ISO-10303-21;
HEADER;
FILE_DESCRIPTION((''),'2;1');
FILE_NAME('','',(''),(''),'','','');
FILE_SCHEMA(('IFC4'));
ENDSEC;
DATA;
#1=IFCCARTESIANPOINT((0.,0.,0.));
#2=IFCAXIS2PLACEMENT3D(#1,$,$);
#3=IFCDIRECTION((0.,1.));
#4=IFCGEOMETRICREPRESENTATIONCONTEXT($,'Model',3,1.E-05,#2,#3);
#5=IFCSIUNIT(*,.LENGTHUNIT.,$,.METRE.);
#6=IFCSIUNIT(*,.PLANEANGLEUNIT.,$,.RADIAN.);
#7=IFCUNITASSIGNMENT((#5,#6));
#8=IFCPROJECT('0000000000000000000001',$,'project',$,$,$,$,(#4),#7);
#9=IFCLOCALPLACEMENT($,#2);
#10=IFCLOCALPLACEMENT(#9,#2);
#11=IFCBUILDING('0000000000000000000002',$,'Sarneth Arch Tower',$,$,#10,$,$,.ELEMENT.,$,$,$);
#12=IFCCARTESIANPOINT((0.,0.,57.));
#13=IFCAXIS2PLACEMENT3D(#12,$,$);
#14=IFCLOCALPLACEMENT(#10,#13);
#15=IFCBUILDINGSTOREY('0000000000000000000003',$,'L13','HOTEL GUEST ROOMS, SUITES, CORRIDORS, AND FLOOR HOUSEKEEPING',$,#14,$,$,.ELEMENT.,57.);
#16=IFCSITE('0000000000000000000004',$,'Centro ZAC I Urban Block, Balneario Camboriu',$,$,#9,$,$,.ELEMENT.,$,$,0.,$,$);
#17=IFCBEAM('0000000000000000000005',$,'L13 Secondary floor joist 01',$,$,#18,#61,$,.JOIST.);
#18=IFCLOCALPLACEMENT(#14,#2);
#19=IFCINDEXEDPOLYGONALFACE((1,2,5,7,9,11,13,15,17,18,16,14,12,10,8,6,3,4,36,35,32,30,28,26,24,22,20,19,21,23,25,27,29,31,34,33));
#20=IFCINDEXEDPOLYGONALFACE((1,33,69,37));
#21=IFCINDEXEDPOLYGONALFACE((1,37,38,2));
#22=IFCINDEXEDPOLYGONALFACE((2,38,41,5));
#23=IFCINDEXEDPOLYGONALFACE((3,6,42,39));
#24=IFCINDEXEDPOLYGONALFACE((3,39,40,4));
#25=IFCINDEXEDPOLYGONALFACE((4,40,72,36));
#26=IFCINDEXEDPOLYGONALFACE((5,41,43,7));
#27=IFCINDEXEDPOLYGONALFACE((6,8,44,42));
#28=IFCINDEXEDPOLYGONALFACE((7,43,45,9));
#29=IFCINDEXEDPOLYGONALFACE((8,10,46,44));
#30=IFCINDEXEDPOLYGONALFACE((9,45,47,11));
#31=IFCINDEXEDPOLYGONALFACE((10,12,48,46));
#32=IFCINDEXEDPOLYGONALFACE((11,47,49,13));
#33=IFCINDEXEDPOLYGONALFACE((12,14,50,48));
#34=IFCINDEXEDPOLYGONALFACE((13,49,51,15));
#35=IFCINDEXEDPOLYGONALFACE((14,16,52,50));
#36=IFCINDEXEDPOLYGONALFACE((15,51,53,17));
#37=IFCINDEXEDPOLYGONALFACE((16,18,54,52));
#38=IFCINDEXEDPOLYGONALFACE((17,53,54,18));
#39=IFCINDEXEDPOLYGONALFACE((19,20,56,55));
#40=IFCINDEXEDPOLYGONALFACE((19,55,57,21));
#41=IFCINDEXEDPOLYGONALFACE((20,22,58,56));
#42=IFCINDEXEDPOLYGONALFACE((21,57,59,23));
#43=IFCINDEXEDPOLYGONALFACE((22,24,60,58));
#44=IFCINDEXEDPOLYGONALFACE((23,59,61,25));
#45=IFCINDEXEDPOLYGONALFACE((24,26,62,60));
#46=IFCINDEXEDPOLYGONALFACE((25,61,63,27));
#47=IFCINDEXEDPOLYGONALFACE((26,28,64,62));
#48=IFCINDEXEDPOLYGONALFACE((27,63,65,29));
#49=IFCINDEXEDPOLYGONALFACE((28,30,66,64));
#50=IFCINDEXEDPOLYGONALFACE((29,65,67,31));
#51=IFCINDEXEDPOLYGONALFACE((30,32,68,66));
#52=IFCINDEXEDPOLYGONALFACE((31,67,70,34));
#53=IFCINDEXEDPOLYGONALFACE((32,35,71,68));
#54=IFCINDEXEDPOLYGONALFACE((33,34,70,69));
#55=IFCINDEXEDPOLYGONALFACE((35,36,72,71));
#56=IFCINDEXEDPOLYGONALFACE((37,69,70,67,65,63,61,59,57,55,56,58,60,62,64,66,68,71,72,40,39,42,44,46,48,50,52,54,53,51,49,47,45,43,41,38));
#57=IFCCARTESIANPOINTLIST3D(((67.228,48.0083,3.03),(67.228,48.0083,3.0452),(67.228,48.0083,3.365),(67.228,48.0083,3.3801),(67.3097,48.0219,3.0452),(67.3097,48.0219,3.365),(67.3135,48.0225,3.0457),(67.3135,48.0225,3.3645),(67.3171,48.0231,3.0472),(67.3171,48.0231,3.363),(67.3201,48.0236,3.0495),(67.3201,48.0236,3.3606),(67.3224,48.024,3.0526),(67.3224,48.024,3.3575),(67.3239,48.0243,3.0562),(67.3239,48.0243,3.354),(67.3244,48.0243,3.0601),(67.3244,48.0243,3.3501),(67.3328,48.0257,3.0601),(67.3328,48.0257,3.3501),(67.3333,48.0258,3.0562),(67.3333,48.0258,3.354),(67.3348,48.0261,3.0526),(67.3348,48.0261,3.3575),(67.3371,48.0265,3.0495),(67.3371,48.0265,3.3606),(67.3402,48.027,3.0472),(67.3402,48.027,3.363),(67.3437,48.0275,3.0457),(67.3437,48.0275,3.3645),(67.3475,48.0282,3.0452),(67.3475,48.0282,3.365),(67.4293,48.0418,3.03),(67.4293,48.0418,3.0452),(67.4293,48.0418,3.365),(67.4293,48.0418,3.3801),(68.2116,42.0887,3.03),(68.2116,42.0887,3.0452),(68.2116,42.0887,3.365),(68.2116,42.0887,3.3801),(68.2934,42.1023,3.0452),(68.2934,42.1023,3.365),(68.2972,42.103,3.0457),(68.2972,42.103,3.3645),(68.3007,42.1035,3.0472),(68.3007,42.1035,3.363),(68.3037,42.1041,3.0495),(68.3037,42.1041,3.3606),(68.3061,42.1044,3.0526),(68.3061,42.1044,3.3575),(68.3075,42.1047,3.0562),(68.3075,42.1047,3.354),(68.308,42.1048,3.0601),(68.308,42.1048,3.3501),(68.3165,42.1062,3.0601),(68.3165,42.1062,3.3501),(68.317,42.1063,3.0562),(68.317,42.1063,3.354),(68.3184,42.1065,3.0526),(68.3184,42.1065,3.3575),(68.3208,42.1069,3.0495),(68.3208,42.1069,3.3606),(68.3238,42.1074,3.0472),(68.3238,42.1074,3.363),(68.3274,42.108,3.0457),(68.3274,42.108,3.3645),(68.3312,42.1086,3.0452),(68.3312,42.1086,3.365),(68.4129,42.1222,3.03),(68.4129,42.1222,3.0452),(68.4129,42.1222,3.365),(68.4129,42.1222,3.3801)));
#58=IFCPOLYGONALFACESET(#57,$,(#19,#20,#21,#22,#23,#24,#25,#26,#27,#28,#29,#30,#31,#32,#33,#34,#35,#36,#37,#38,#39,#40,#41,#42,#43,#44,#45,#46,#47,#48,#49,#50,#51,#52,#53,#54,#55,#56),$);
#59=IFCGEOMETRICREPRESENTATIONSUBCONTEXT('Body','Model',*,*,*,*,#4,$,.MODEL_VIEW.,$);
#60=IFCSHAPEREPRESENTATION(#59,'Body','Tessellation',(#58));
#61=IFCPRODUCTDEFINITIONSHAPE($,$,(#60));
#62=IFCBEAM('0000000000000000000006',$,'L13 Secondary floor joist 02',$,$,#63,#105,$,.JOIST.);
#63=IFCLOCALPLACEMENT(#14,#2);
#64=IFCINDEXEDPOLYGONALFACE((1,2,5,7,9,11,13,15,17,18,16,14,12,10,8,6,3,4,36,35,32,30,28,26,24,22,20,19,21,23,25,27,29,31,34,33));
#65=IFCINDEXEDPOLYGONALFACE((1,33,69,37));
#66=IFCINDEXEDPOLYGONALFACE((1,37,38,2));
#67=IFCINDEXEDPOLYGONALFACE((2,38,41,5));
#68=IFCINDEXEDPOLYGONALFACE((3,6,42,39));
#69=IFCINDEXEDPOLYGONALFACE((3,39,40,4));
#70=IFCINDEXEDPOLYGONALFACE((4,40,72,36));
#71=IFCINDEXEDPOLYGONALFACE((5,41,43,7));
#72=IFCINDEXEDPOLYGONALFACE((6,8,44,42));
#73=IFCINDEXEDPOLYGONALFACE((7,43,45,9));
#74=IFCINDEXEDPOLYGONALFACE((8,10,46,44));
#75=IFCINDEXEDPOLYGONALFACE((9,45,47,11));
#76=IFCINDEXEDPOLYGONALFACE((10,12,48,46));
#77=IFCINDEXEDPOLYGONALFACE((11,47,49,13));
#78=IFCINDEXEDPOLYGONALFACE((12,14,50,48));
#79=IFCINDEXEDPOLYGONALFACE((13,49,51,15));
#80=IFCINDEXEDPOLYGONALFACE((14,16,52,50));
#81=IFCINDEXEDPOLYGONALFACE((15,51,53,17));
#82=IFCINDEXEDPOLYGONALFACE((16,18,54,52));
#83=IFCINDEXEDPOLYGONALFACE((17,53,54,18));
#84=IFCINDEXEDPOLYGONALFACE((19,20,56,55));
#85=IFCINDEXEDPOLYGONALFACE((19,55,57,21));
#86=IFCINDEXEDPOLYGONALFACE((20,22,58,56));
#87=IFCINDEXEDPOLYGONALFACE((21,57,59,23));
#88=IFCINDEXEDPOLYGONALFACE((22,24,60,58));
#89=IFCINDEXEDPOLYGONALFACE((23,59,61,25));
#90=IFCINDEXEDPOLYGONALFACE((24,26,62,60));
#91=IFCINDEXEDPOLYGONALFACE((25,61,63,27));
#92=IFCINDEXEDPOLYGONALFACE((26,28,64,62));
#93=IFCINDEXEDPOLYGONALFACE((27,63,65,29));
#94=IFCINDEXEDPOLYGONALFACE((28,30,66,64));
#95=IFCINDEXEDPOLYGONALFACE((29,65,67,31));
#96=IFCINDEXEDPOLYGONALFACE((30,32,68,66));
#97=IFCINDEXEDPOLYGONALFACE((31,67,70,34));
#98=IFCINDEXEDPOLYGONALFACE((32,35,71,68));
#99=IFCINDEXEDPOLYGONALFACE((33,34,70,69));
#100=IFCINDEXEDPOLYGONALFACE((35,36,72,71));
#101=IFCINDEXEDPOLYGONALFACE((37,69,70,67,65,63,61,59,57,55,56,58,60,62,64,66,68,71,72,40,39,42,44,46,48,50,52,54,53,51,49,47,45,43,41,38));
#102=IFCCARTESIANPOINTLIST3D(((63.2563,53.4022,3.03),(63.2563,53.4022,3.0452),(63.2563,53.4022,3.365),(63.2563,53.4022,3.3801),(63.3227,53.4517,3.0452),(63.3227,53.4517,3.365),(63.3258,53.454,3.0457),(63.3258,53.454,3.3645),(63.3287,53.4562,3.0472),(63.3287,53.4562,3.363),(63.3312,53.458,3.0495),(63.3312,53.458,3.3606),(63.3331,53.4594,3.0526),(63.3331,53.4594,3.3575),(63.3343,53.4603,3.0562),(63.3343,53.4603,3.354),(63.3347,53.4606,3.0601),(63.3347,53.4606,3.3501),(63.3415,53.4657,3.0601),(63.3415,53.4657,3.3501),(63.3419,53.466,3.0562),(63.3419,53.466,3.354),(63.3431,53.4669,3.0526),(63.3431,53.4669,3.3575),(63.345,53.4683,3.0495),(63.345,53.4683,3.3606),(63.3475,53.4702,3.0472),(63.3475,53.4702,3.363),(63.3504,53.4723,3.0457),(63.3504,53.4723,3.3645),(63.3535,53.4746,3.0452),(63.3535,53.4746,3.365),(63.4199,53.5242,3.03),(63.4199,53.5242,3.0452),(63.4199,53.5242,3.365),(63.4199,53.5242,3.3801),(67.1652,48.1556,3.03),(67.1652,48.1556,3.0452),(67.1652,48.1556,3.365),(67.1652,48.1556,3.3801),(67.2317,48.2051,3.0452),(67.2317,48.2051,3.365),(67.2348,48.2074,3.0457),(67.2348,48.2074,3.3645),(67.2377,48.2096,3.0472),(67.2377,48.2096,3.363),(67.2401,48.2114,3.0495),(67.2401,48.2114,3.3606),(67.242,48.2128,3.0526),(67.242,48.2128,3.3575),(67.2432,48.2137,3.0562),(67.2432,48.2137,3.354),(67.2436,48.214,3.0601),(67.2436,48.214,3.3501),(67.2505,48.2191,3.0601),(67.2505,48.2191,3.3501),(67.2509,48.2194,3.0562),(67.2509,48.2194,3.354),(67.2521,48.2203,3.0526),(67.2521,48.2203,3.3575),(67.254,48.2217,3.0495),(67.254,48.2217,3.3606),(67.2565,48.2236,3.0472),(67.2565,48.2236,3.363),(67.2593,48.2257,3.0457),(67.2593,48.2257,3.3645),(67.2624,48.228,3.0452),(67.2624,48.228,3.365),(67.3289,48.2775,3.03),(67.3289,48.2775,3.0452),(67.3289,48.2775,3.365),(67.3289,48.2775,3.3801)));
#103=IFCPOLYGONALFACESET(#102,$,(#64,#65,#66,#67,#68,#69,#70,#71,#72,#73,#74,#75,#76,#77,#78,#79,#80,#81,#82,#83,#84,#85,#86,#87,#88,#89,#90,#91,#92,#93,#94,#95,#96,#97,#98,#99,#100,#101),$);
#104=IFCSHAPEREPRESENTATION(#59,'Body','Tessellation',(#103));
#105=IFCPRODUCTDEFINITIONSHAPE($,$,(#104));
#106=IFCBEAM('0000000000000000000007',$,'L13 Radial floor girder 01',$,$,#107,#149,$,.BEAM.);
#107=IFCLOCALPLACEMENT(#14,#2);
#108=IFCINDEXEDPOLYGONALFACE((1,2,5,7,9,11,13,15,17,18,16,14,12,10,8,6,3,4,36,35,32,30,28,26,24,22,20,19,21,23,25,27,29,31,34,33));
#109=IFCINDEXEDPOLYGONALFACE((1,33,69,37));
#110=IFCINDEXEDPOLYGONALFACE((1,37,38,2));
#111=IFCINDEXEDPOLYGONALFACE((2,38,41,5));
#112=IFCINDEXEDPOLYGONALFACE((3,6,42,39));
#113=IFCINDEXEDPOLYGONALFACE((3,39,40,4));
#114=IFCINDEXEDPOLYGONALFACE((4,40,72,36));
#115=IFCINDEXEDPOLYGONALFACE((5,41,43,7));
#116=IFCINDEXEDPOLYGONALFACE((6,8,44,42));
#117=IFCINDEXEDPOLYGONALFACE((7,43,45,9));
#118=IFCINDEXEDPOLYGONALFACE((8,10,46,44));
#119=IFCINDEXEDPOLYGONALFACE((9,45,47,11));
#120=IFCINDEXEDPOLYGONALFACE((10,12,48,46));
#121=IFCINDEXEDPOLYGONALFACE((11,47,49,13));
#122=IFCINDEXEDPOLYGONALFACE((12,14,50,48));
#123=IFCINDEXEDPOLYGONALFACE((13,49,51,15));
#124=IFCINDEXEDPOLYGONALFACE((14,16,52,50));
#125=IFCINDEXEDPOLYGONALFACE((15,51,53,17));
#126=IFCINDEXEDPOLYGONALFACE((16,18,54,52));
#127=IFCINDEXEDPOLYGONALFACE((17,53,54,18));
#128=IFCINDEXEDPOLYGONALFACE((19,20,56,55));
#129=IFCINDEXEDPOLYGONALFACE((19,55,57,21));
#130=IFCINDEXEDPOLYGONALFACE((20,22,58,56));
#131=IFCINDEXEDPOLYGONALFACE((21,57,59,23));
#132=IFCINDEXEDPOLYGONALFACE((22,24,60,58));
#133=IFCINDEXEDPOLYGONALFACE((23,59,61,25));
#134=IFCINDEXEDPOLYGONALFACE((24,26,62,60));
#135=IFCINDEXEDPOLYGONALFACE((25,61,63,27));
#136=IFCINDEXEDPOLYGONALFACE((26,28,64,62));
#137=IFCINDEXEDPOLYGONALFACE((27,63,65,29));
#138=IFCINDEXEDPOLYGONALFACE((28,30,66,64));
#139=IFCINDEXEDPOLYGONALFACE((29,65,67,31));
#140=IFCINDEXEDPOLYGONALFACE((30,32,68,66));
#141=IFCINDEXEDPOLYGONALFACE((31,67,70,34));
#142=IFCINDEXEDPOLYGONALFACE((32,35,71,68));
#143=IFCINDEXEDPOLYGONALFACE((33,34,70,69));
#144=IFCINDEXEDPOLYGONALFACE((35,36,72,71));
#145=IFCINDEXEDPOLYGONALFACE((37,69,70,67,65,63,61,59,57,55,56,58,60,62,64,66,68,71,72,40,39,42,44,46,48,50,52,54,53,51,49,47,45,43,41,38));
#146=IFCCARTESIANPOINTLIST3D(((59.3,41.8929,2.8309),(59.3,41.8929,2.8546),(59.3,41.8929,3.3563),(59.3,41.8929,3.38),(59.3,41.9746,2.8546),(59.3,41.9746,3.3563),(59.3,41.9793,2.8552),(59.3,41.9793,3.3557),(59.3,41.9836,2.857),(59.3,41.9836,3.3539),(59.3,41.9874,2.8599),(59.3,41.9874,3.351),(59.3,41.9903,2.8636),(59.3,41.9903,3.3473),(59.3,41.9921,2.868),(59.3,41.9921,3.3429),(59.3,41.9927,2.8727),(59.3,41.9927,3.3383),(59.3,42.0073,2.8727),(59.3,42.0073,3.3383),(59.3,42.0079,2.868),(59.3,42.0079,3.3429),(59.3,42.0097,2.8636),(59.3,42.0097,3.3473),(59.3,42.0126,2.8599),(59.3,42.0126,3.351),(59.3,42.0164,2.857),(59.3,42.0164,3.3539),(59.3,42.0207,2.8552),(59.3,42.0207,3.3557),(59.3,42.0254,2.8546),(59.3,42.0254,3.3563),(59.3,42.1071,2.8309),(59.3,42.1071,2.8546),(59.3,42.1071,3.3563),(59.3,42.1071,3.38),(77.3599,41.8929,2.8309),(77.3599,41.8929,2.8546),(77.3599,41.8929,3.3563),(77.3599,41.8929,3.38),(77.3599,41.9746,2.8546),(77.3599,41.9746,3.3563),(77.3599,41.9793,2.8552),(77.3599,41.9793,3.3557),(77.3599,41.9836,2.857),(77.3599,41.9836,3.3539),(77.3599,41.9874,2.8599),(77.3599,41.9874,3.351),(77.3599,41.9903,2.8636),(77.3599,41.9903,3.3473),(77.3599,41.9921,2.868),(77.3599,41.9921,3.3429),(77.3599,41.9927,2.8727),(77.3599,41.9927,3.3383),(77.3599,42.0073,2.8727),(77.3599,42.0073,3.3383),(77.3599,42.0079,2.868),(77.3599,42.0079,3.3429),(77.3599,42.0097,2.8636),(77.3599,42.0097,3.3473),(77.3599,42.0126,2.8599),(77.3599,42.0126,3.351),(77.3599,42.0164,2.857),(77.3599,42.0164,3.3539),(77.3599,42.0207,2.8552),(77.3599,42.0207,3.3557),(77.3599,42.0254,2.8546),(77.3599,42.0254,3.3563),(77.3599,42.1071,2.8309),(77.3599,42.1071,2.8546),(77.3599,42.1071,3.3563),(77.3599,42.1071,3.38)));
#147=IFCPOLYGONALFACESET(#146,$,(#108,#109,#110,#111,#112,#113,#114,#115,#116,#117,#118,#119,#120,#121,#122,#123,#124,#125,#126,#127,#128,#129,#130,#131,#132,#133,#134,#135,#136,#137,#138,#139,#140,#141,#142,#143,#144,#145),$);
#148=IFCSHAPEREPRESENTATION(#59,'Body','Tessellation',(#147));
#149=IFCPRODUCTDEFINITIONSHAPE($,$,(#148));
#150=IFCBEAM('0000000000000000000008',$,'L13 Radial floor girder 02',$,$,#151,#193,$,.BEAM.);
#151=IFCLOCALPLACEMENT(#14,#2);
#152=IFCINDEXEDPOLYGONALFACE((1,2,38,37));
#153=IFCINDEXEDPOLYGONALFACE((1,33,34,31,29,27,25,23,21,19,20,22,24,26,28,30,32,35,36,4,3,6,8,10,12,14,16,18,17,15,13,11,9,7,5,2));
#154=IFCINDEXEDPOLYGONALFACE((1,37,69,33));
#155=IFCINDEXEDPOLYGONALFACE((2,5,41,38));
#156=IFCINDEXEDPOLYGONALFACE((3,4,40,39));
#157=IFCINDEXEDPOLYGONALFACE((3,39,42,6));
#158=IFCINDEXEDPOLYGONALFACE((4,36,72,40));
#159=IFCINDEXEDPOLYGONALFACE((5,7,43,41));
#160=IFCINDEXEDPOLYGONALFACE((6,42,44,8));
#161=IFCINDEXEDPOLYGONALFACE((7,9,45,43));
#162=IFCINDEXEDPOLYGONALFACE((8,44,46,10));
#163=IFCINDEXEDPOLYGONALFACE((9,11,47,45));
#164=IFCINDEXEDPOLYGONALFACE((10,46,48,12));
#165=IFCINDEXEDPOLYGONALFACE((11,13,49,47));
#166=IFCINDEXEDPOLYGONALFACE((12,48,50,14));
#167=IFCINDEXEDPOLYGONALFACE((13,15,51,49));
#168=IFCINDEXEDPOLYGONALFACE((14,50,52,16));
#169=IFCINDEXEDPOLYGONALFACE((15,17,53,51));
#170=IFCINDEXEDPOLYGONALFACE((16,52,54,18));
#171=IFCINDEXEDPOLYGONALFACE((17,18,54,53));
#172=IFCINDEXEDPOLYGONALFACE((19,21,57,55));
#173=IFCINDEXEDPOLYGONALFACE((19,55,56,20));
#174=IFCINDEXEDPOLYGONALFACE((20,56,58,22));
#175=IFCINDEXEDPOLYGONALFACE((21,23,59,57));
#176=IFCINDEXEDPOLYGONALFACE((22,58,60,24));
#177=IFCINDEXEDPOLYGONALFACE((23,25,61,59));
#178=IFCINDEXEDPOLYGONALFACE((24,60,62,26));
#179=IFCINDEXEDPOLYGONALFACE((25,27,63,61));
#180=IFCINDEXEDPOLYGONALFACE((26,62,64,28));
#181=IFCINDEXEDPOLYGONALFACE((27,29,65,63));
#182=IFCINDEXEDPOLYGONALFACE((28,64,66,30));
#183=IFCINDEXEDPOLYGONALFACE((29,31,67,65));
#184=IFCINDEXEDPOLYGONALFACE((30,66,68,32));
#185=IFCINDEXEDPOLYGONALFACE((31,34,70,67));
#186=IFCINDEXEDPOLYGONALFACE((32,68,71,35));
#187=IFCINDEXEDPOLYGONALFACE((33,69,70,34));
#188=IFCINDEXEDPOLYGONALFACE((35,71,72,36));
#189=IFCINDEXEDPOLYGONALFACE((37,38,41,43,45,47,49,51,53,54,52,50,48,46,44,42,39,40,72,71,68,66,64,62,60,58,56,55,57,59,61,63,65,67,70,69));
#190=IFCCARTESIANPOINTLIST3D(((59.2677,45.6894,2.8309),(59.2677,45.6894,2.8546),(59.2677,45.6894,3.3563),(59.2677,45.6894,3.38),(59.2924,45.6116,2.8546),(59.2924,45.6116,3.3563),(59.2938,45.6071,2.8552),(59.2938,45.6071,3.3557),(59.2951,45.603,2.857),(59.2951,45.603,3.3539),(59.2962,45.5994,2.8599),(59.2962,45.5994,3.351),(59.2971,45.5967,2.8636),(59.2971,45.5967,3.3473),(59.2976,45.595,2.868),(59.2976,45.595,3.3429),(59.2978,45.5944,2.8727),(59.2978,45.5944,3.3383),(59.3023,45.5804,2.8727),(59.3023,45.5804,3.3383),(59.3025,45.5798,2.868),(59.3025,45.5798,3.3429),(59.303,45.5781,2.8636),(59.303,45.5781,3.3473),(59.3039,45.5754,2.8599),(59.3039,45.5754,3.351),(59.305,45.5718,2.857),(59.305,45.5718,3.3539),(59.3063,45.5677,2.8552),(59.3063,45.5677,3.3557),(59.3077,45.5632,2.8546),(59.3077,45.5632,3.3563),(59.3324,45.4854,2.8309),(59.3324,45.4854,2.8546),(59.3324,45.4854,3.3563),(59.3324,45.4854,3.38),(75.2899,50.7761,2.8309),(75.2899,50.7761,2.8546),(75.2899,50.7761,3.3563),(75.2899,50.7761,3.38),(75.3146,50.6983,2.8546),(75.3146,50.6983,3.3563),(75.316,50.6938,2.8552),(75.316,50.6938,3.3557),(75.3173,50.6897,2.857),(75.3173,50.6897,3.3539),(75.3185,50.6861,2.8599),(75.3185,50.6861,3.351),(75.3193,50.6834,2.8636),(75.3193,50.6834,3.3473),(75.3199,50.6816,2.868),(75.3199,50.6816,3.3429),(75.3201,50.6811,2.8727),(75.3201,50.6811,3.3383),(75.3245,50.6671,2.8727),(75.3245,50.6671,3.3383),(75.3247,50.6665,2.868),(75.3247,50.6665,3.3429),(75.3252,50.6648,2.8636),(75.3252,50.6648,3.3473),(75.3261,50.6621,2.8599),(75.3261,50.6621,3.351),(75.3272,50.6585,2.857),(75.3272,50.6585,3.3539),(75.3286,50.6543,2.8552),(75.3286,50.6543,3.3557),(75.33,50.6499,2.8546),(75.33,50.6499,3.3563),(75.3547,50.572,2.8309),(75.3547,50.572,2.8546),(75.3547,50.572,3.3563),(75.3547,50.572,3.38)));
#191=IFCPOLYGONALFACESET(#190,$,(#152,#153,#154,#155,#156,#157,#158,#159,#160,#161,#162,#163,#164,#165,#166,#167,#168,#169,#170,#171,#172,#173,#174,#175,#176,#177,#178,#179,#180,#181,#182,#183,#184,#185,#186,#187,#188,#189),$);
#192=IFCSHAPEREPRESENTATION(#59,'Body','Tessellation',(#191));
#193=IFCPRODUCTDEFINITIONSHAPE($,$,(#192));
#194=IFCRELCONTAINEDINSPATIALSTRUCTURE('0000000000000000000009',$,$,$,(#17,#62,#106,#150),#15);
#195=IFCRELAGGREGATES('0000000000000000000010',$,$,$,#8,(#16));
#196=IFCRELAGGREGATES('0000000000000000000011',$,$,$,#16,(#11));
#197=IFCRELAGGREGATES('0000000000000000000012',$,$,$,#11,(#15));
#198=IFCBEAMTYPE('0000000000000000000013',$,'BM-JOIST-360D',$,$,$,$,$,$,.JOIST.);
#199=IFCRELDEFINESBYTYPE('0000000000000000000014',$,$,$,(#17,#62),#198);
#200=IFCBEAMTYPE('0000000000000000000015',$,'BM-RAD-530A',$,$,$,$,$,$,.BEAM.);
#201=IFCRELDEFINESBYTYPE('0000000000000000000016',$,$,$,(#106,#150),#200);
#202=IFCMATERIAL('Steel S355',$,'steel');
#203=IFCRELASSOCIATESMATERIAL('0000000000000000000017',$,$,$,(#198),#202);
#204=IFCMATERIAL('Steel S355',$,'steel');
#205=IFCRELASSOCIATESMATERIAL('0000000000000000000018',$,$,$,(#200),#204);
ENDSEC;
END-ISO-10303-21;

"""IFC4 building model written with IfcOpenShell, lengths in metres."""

from ifc_helpers import new_model, si_unit, direction, frame, origin, origin_2d, place, context, subcontext, project, spatial, i_section, extrude, material, material_profile, profile_set, type_object, element, save


model = new_model("IFC4")

# Units and contexts
model_context = context("Model", 3, precision=1e-05, world=origin(), true_north=direction((0.0, 1.0)))
body_context = subcontext(model_context, "Body", "Model", "MODEL_VIEW")
ifc_project = project(units=[si_unit("LENGTHUNIT", "METRE"), si_unit("PLANEANGLEUNIT", "RADIAN")], contexts=[model_context])

# Site, building, storey
site_placement = place(None, origin())
site = spatial("IfcSite", under=ifc_project, at=site_placement, Name="Centro ZAC I Urban Block, Balneario Camboriu", CompositionType="ELEMENT", RefElevation=0.0)
building_placement = place(site_placement, origin())
building = spatial("IfcBuilding", under=site, at=building_placement, Name="Sarneth Arch Tower", CompositionType="ELEMENT")
storey_placement = place(building_placement, frame((0.0, 0.0, 57.0)))
storey = spatial("IfcBuildingStorey", under=building, at=storey_placement, Name="L13", Description="HOTEL GUEST ROOMS, SUITES, CORRIDORS, AND FLOOR HOUSEKEEPING", CompositionType="ELEMENT", Elevation=57.0)

# Beams
ifc_material_1 = material(Name="Steel S355", Category="steel")
ifc_material_profile_1 = material_profile(ifc_material_1, i_section(OverallWidth=0.2041, OverallDepth=0.3501, WebThickness=0.0085, FlangeThickness=0.0151, FilletRadius=0.0149, at=origin_2d()), Name="W360x72")
ifc_profile_set_1 = profile_set([ifc_material_profile_1], Name="Steel S355")
beam_type_1 = type_object("IfcBeamType", Name="BM-JOIST-360D", PredefinedType="JOIST", material=ifc_profile_set_1)
beam_1_placement = place(storey_placement, frame((68.3123, 42.1055, 3.2051), z_axis=(-0.163917, 0.986474, 0.0), x_axis=(-0.986474, -0.163917, 0.0)))
element("IfcBeam", 1, at=beam_1_placement, inside=storey, type_object=beam_type_1, Name="L13 Secondary floor joist 01", PredefinedType="JOIST", context=body_context, shape_type="SweptSolid", body=[
    extrude(i_section(OverallWidth=0.2041, OverallDepth=0.3501, WebThickness=0.0085, FlangeThickness=0.0151, FilletRadius=0.0149, at=origin_2d()), origin(), (0.0, 0.0, 1.0), 6.0007),
])
beam_2_placement = place(storey_placement, frame((67.2471, 48.2166, 3.2051), z_axis=(-0.597454, 0.801904, 0.0), x_axis=(-0.801904, -0.597454, 0.0)))
element("IfcBeam", 2, at=beam_2_placement, inside=storey, type_object=beam_type_1, Name="L13 Secondary floor joist 02", PredefinedType="JOIST", context=body_context, shape_type="SweptSolid", body=[
    extrude(i_section(OverallWidth=0.2041, OverallDepth=0.3501, WebThickness=0.0085, FlangeThickness=0.0151, FilletRadius=0.0149, at=origin_2d()), origin(), (0.0, 0.0, 1.0), 6.5427),
])
ifc_material_2 = material(Name="Steel S355", Category="steel")
ifc_material_profile_2 = material_profile(ifc_material_2, i_section(OverallWidth=0.2141, OverallDepth=0.5491, WebThickness=0.0146, FlangeThickness=0.0237, FilletRadius=0.0181, at=origin_2d()), Name="W530x138")
ifc_profile_set_2 = profile_set([ifc_material_profile_2], Name="Steel S355")
beam_type_2 = type_object("IfcBeamType", Name="BM-RAD-530A", PredefinedType="BEAM", material=ifc_profile_set_2)
beam_3_placement = place(storey_placement, frame((59.3, 42.0, 3.1055), z_axis=(1.0, 0.0, 0.0), x_axis=(0.0, 1.0, 0.0)))
element("IfcBeam", 3, at=beam_3_placement, inside=storey, type_object=beam_type_2, Name="L13 Radial floor girder 01", PredefinedType="BEAM", context=body_context, shape_type="SweptSolid", body=[
    extrude(i_section(OverallWidth=0.2141, OverallDepth=0.5491, WebThickness=0.0146, FlangeThickness=0.0237, FilletRadius=0.0181, at=origin_2d()), origin(), (0.0, 0.0, 1.0), 18.0598),
])
beam_4_placement = place(storey_placement, frame((59.3, 45.5874, 3.1055), z_axis=(0.95312, 0.302593, 0.0), x_axis=(-0.302593, 0.95312, 0.0)))
element("IfcBeam", 4, at=beam_4_placement, inside=storey, type_object=beam_type_2, Name="L13 Radial floor girder 02", PredefinedType="BEAM", context=body_context, shape_type="SweptSolid", body=[
    extrude(i_section(OverallWidth=0.2141, OverallDepth=0.5491, WebThickness=0.0146, FlangeThickness=0.0237, FilletRadius=0.0181, at=origin_2d()), origin(), (0.0, 0.0, 1.0), 16.8103),
])

save(model, "model.ifc")
